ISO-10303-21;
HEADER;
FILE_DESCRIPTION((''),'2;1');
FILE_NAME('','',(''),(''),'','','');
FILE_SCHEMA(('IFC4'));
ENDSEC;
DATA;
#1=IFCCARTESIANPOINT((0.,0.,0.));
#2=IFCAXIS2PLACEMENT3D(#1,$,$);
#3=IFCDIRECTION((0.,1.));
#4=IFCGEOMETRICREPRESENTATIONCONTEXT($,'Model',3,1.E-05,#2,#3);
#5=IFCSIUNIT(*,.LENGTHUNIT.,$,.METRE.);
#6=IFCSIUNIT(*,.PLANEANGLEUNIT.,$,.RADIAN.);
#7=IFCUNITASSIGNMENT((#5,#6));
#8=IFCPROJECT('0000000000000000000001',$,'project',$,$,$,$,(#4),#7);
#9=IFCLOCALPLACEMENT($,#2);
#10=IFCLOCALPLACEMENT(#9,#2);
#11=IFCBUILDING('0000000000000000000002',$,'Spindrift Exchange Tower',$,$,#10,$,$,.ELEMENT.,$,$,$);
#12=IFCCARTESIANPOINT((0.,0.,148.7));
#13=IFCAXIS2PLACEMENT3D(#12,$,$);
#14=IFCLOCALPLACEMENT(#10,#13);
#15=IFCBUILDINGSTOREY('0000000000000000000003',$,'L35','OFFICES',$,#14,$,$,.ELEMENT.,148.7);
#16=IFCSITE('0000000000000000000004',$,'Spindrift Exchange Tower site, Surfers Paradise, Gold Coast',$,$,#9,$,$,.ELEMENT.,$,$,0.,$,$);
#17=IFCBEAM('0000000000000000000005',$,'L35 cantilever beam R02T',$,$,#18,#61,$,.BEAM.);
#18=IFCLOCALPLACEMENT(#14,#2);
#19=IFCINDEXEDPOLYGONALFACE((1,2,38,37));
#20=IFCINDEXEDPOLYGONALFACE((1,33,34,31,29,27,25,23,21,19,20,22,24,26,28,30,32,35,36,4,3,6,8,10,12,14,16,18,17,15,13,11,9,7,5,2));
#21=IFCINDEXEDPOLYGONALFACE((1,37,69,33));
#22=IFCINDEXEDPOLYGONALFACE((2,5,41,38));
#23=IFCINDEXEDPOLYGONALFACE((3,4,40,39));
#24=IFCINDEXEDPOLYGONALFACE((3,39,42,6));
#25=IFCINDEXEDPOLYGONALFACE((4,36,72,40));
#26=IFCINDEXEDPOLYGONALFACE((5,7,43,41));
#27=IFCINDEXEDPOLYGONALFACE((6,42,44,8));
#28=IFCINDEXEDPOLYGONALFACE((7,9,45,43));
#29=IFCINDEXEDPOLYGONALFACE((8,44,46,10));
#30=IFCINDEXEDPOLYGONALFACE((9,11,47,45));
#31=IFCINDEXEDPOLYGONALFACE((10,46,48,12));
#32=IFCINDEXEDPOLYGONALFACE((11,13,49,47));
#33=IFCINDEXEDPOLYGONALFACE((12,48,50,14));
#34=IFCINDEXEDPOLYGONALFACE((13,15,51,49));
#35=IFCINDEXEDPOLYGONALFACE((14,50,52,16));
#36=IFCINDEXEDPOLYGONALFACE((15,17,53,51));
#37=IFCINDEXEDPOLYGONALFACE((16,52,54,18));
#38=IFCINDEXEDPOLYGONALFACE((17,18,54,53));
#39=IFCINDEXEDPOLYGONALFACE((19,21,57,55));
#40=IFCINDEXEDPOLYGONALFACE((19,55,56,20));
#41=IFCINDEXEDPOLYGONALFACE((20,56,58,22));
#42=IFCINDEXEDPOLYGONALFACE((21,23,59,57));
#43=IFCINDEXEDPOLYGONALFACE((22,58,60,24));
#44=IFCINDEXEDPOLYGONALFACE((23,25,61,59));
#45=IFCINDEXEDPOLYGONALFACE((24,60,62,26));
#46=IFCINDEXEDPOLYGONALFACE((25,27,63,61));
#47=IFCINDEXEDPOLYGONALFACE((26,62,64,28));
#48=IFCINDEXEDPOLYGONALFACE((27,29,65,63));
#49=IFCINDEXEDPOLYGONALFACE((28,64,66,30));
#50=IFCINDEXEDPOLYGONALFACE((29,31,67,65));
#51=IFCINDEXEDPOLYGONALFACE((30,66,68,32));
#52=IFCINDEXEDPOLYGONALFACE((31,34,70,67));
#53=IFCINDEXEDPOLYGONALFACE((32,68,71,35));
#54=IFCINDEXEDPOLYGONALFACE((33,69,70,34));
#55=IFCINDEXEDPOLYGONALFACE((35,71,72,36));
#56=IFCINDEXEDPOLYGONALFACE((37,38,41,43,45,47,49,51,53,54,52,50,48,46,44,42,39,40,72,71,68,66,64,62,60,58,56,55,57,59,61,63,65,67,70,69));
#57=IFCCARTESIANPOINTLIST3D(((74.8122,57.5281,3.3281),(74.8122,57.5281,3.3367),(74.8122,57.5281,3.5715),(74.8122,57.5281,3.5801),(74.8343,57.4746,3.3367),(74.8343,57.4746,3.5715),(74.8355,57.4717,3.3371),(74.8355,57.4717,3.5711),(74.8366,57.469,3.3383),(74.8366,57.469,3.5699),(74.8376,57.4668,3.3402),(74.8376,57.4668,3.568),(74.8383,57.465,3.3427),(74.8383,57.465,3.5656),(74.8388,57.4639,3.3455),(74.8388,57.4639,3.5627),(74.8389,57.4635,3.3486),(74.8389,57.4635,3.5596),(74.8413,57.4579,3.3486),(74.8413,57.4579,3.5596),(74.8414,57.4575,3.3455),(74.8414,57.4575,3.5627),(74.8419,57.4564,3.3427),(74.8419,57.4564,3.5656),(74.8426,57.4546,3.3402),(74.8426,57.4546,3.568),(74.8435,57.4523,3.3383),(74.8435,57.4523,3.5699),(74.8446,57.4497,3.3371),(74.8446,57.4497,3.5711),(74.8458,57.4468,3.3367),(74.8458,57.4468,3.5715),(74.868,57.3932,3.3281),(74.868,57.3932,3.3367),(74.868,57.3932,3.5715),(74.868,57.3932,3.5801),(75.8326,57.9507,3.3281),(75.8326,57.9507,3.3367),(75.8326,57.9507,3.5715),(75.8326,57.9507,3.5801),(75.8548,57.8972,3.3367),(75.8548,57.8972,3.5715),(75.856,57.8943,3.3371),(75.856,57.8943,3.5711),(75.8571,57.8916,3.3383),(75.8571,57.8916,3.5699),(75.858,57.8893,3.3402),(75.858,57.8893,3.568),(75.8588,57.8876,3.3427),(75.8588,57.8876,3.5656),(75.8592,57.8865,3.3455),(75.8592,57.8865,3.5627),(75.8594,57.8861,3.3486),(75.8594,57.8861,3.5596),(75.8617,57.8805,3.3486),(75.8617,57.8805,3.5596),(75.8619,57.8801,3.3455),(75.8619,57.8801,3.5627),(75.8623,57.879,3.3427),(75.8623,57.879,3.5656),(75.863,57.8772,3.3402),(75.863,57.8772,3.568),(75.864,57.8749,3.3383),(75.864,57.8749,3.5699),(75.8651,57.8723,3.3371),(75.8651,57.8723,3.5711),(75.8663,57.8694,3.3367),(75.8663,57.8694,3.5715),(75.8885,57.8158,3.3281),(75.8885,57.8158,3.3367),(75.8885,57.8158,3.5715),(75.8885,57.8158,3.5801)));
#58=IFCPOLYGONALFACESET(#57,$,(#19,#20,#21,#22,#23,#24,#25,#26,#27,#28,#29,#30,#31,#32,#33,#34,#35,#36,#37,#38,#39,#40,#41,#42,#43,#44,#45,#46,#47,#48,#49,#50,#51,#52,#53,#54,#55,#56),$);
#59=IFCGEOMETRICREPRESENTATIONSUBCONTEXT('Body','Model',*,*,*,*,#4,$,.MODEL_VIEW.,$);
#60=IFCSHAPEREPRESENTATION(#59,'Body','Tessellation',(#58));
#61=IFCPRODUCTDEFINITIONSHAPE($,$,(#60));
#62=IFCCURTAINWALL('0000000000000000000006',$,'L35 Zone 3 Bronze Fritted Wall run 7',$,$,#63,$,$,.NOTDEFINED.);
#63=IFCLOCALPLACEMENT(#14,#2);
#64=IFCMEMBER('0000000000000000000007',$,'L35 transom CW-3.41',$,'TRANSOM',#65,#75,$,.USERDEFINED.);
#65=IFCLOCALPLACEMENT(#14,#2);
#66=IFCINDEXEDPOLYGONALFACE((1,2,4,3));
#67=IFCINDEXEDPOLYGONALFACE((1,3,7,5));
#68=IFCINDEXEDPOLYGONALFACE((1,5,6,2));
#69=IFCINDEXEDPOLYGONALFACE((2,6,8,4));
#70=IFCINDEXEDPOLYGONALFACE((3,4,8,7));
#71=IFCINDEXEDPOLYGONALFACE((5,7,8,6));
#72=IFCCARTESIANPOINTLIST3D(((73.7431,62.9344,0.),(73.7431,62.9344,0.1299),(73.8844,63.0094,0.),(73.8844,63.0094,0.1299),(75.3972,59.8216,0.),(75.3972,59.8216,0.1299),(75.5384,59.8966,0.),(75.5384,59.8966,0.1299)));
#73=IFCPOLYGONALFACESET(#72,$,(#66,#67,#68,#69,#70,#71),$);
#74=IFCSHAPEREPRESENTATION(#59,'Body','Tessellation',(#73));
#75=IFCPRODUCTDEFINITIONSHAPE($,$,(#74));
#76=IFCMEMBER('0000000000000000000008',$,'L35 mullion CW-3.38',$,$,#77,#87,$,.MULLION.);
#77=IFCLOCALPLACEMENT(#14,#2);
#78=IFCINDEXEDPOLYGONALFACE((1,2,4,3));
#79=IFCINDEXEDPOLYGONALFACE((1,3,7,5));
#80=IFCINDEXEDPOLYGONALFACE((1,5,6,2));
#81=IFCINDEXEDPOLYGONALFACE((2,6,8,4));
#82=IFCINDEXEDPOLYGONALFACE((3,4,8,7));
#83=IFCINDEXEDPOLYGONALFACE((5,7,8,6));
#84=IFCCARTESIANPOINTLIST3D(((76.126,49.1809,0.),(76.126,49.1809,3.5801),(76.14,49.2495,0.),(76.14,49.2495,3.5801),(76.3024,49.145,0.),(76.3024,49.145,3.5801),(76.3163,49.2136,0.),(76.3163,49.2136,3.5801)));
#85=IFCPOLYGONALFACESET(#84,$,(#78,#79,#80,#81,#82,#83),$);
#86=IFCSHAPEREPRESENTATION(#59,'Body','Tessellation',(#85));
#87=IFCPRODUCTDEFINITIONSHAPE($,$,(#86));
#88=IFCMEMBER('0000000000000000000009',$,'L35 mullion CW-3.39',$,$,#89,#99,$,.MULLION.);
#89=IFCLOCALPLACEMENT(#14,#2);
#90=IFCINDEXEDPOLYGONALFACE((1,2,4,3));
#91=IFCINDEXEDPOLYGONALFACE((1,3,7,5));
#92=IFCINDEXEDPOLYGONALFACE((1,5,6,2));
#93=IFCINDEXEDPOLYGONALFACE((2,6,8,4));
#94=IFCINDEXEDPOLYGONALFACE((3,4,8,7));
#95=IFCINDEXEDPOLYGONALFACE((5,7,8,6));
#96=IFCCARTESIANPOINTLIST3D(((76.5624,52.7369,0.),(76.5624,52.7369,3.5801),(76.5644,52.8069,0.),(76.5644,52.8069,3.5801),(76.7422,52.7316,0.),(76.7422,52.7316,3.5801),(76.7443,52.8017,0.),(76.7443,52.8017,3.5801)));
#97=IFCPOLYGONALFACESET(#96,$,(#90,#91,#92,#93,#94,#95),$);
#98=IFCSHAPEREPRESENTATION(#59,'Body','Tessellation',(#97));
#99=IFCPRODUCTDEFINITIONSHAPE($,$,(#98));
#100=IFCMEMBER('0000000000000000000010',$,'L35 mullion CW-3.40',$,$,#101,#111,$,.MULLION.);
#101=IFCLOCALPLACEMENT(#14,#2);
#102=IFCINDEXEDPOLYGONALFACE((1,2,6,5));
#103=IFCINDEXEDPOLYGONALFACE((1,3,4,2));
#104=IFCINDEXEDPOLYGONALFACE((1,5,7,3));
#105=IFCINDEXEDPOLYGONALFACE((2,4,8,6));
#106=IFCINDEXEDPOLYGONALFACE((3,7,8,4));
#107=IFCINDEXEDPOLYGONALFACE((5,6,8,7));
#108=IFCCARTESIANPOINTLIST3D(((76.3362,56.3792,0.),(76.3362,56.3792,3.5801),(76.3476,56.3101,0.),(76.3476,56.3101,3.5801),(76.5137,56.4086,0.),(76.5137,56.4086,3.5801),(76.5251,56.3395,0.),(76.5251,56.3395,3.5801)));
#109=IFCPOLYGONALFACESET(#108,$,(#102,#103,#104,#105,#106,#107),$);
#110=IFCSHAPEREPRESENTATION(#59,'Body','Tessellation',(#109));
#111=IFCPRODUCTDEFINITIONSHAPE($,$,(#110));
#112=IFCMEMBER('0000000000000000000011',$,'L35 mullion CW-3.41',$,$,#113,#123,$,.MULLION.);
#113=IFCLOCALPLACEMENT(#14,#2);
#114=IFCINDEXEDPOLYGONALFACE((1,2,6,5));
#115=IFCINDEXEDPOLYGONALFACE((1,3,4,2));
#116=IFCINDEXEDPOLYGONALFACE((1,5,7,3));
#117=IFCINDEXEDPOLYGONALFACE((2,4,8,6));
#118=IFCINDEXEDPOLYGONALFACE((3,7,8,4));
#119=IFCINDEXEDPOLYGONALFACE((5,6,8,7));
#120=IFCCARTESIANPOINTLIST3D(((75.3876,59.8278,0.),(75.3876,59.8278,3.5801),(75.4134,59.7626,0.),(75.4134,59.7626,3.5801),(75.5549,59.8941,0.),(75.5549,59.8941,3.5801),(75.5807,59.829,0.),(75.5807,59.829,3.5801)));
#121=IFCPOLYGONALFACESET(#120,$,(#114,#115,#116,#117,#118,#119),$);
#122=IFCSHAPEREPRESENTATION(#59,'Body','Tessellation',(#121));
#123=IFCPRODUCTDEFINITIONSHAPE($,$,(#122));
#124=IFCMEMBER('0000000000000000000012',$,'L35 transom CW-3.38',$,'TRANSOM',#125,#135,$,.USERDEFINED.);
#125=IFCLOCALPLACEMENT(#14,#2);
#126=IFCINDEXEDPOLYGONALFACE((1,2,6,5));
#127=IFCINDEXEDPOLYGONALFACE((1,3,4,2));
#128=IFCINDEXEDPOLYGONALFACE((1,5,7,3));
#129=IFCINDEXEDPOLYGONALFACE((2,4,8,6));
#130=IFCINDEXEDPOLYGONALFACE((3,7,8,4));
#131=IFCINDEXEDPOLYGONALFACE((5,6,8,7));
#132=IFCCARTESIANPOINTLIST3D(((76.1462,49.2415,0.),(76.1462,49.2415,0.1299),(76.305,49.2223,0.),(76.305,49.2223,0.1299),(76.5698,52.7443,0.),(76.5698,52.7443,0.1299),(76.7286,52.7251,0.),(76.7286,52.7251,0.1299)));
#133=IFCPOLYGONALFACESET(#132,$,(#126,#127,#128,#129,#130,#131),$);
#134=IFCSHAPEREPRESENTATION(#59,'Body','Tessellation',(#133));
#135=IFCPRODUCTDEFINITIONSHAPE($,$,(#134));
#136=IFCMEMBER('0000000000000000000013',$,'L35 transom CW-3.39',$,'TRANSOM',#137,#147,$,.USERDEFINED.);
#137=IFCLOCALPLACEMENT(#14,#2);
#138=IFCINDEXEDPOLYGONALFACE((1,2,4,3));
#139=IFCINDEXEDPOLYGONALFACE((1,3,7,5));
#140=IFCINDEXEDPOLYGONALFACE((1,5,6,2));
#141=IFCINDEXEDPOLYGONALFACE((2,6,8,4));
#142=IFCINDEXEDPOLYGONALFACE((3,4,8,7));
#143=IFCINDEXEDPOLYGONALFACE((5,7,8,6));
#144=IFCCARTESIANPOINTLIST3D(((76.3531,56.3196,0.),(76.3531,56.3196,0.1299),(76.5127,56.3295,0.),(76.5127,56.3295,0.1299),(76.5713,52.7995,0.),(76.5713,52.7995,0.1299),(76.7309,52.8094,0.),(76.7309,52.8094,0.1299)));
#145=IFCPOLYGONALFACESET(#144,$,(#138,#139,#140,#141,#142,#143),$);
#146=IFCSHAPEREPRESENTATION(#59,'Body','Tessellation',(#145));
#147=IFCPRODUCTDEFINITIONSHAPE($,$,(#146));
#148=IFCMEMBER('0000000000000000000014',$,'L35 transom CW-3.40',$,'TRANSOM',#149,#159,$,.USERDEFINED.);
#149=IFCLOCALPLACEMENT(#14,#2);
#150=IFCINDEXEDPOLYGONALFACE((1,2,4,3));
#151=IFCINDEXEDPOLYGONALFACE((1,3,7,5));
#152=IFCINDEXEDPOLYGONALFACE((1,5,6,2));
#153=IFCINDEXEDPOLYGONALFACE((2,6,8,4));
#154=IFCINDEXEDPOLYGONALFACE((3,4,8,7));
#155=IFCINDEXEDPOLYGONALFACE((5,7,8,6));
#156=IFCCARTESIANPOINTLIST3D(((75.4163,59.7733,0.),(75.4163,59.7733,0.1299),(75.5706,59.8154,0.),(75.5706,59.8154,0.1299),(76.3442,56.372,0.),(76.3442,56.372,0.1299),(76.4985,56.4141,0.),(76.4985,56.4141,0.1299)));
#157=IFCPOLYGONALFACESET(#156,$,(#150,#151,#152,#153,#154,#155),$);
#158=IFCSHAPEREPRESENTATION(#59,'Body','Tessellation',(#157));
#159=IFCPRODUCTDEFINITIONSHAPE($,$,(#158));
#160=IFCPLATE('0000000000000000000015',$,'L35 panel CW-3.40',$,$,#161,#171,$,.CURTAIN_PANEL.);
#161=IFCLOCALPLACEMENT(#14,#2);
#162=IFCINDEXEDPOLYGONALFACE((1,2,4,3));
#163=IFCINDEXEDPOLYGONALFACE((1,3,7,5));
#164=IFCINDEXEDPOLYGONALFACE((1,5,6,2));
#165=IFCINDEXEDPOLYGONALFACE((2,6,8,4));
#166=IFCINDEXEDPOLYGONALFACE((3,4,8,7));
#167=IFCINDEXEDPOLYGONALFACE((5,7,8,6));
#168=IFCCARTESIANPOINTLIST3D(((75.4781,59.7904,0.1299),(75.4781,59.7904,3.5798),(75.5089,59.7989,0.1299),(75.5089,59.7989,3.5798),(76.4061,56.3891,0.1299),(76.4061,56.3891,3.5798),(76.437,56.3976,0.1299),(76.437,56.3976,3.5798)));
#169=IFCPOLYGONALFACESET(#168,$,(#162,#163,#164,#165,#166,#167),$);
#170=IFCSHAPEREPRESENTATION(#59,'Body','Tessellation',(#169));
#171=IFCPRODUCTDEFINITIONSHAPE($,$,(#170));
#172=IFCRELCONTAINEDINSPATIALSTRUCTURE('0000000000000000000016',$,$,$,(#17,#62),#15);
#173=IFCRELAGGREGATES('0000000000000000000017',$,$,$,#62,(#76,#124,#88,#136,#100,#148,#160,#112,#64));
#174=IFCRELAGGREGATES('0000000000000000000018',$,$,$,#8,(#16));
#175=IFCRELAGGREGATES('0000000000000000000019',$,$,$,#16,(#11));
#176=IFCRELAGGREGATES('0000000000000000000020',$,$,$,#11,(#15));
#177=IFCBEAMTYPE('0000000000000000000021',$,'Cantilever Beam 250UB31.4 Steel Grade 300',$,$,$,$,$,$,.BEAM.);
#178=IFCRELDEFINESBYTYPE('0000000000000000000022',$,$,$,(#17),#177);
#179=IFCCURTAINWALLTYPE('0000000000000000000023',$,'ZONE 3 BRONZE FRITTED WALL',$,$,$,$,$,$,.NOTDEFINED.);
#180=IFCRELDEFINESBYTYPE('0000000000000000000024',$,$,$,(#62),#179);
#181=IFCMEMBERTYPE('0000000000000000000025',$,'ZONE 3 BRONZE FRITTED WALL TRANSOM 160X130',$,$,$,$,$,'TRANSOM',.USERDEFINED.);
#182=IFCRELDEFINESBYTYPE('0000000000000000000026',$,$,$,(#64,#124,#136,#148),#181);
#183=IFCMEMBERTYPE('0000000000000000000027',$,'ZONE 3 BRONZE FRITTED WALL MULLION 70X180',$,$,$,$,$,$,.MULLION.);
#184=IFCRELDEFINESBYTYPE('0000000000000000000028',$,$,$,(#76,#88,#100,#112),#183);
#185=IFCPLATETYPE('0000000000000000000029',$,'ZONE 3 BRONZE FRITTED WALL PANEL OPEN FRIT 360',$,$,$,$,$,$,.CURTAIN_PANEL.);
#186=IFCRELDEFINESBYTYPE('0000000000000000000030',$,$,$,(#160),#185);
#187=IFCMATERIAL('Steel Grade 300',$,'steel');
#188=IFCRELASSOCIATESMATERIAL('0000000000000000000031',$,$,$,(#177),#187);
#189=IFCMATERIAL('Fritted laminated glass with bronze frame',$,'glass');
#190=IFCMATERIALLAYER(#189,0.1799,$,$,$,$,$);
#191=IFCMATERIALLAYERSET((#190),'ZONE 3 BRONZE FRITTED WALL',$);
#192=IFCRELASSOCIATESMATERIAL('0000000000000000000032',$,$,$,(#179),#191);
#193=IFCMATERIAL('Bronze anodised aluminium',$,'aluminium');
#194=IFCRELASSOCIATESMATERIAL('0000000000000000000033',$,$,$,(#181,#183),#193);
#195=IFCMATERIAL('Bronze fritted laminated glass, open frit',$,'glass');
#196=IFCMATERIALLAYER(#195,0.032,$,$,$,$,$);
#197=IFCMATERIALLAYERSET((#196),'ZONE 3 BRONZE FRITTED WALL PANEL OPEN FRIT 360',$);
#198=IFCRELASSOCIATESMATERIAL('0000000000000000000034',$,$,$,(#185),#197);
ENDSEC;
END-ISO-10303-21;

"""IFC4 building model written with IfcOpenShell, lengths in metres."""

from ifc_helpers import new_model, si_unit, direction, frame, origin, origin_2d, place, context, subcontext, project, spatial, rectangle, i_section, extrude, source, transform, mapped, material, layer, layer_set, material_profile, profile_set, type_object, element, aggregate, save


model = new_model("IFC4")

# Units and contexts
model_context = context("Model", 3, precision=1e-05, world=origin(), true_north=direction((0.0, 1.0)))
body_context = subcontext(model_context, "Body", "Model", "MODEL_VIEW")
ifc_project = project(units=[si_unit("LENGTHUNIT", "METRE"), si_unit("PLANEANGLEUNIT", "RADIAN")], contexts=[model_context])

# Site, building, storey
site_placement = place(None, origin())
site = spatial("IfcSite", under=ifc_project, at=site_placement, Name="Spindrift Exchange Tower site, Surfers Paradise, Gold Coast", CompositionType="ELEMENT", RefElevation=0.0)
building_placement = place(site_placement, origin())
building = spatial("IfcBuilding", under=site, at=building_placement, Name="Spindrift Exchange Tower", CompositionType="ELEMENT")
storey_placement = place(building_placement, frame((0.0, 0.0, 148.7)))
storey = spatial("IfcBuildingStorey", under=building, at=storey_placement, Name="L35", Description="OFFICES", CompositionType="ELEMENT", Elevation=148.7)

# Beam
ifc_material_1 = material(Name="Steel Grade 300", Category="steel")
ifc_material_profile_1 = material_profile(ifc_material_1, i_section(OverallWidth=0.146, OverallDepth=0.252, WebThickness=0.0061, FlangeThickness=0.0085, FilletRadius=0.012, at=origin_2d()), Name="250UB31.4")
ifc_profile_set_1 = profile_set([ifc_material_profile_1], Name="Steel Grade 300")
beam_type_1 = type_object("IfcBeamType", Name="Cantilever Beam 250UB31.4 Steel Grade 300", PredefinedType="BEAM", material=ifc_profile_set_1)
shared_shape_1 = source(origin(), body_context, "Body", "SweptSolid", [
    extrude(i_section(OverallWidth=0.146, OverallDepth=0.252, WebThickness=0.0061, FlangeThickness=0.0085, FilletRadius=0.012, at=origin_2d()), origin(), (0.0, 0.0, 1.0), 1.1045),
])
beam_1_placement = place(storey_placement, frame((74.8401, 57.4607, 3.4541), z_axis=(0.923912, 0.382606, 0.0), x_axis=(-0.382606, 0.923912, 0.0)))
element("IfcBeam", 1, at=beam_1_placement, inside=storey, type_object=beam_type_1, Name="L35 cantilever beam R02T", PredefinedType="BEAM", context=body_context, shape_type="MappedRepresentation", body=[
    mapped(shared_shape_1, transform((0.0, 0.0, 0.0), scale=1.0)),
])

# Curtain wall, members, plate
ifc_material_2 = material(Name="Fritted laminated glass with bronze frame", Category="glass")
ifc_layer_1 = layer(ifc_material_2, 0.1799)
ifc_layer_set_1 = layer_set([ifc_layer_1], Name="ZONE 3 BRONZE FRITTED WALL")
curtain_wall_type = type_object("IfcCurtainWallType", Name="ZONE 3 BRONZE FRITTED WALL", PredefinedType="NOTDEFINED", material=ifc_layer_set_1)
curtain_wall_placement = place(storey_placement, origin())
curtain_wall = element("IfcCurtainWall", 2, at=curtain_wall_placement, inside=storey, type_object=curtain_wall_type, Name="L35 Zone 3 Bronze Fritted Wall run 7", PredefinedType="NOTDEFINED")
ifc_material_3 = material(Name="Bronze anodised aluminium", Category="aluminium")
ifc_material_profile_2 = material_profile(ifc_material_3, rectangle(XDim=0.1599, YDim=0.1299, at=origin_2d()), Name="ZONE 3 BRONZE FRITTED WALL TRANSOM 160X130")
ifc_profile_set_2 = profile_set([ifc_material_profile_2], Name="Bronze anodised aluminium")
member_type_1 = type_object("IfcMemberType", Name="ZONE 3 BRONZE FRITTED WALL TRANSOM 160X130", ElementType="TRANSOM", PredefinedType="USERDEFINED", material=ifc_profile_set_2)
shared_shape_2 = source(origin(), body_context, "Body", "SweptSolid", [
    extrude(rectangle(XDim=0.1599, YDim=0.1299, at=origin_2d()), origin(), (0.0, 0.0, 1.0), 3.5249),
])
member_1_placement = place(storey_placement, frame((75.4678, 59.8591, 0.0649), z_axis=(-0.46924, 0.883071, 0.0), x_axis=(-0.883071, -0.46924, 0.0)))
member_1 = element("IfcMember", 3, at=member_1_placement, type_object=member_type_1, Name="L35 transom CW-3.41", ObjectType="TRANSOM", PredefinedType="USERDEFINED", context=body_context, shape_type="MappedRepresentation", body=[
    mapped(shared_shape_2, transform((0.0, 0.0, 0.0), scale=1.0)),
])
ifc_material_profile_3 = material_profile(ifc_material_3, rectangle(XDim=0.0701, YDim=0.1799, at=origin_2d()), Name="ZONE 3 BRONZE FRITTED WALL MULLION 70X180")
ifc_profile_set_3 = profile_set([ifc_material_profile_3], Name="Bronze anodised aluminium")
member_type_2 = type_object("IfcMemberType", Name="ZONE 3 BRONZE FRITTED WALL MULLION 70X180", PredefinedType="MULLION", material=ifc_profile_set_3)
shared_shape_3 = source(origin(), body_context, "Body", "SweptSolid", [
    extrude(rectangle(XDim=0.0701, YDim=0.1799, at=origin_2d()), origin(), (0.0, 0.0, 1.0), 3.5801),
])
member_2_placement = place(storey_placement, frame((76.2212, 49.1973, 0.0), z_axis=(0.0, 0.0, 1.0), x_axis=(0.199487, 0.979901, 0.0)))
member_2 = element("IfcMember", 4, at=member_2_placement, type_object=member_type_2, Name="L35 mullion CW-3.38", PredefinedType="MULLION", context=body_context, shape_type="MappedRepresentation", body=[
    mapped(shared_shape_3, transform((0.0, 0.0, 0.0), scale=1.0)),
])
member_3_placement = place(storey_placement, frame((76.6533, 52.7693, 0.0), z_axis=(0.0, 0.0, 1.0), x_axis=(0.029195, 0.999574, 0.0)))
member_3 = element("IfcMember", 5, at=member_3_placement, type_object=member_type_2, Name="L35 mullion CW-3.39", PredefinedType="MULLION", context=body_context, shape_type="MappedRepresentation", body=[
    mapped(shared_shape_3, transform((0.0, 0.0, 0.0), scale=1.0)),
])
member_4_placement = place(storey_placement, frame((76.4307, 56.3594, 0.0), z_axis=(0.0, 0.0, 1.0), x_axis=(-0.163439, 0.986553, 0.0)))
member_4 = element("IfcMember", 6, at=member_4_placement, type_object=member_type_2, Name="L35 mullion CW-3.40", PredefinedType="MULLION", context=body_context, shape_type="MappedRepresentation", body=[
    mapped(shared_shape_3, transform((0.0, 0.0, 0.0), scale=1.0)),
])
member_5_placement = place(storey_placement, frame((75.4841, 59.8284, 0.0), z_axis=(0.0, 0.0, 1.0), x_axis=(-0.368488, 0.929633, 0.0)))
member_5 = element("IfcMember", 7, at=member_5_placement, type_object=member_type_2, Name="L35 mullion CW-3.41", PredefinedType="MULLION", context=body_context, shape_type="MappedRepresentation", body=[
    mapped(shared_shape_3, transform((0.0, 0.0, 0.0), scale=1.0)),
])
shared_shape_4 = source(origin(), body_context, "Body", "SweptSolid", [
    extrude(rectangle(XDim=0.1599, YDim=0.1299, at=origin_2d()), origin(), (0.0, 0.0, 1.0), 3.5283),
])
member_6_placement = place(storey_placement, frame((76.2256, 49.2319, 0.0649), z_axis=(0.120057, 0.992767, 0.0), x_axis=(-0.992767, 0.120057, 0.0)))
member_6 = element("IfcMember", 8, at=member_6_placement, type_object=member_type_1, Name="L35 transom CW-3.38", ObjectType="TRANSOM", PredefinedType="USERDEFINED", context=body_context, shape_type="MappedRepresentation", body=[
    mapped(shared_shape_4, transform((0.0, 0.0, 0.0), scale=1.0)),
])
shared_shape_5 = source(origin(), body_context, "Body", "SweptSolid", [
    extrude(rectangle(XDim=0.1599, YDim=0.1299, at=origin_2d()), origin(), (0.0, 0.0, 1.0), 3.5269),
])
member_7_placement = place(storey_placement, frame((76.6511, 52.8044, 0.0649), z_axis=(-0.061887, 0.998083, 0.0), x_axis=(-0.998083, -0.061887, 0.0)))
member_7 = element("IfcMember", 9, at=member_7_placement, type_object=member_type_1, Name="L35 transom CW-3.39", ObjectType="TRANSOM", PredefinedType="USERDEFINED", context=body_context, shape_type="MappedRepresentation", body=[
    mapped(shared_shape_5, transform((0.0, 0.0, 0.0), scale=1.0)),
])
shared_shape_6 = source(origin(), body_context, "Body", "SweptSolid", [
    extrude(rectangle(XDim=0.1599, YDim=0.1299, at=origin_2d()), origin(), (0.0, 0.0, 1.0), 3.5256),
])
member_8_placement = place(storey_placement, frame((76.4214, 56.3931, 0.0649), z_axis=(-0.263205, 0.96474, 0.0), x_axis=(-0.96474, -0.263205, 0.0)))
member_8 = element("IfcMember", 10, at=member_8_placement, type_object=member_type_1, Name="L35 transom CW-3.40", ObjectType="TRANSOM", PredefinedType="USERDEFINED", context=body_context, shape_type="MappedRepresentation", body=[
    mapped(shared_shape_6, transform((0.0, 0.0, 0.0), scale=1.0)),
])
ifc_material_4 = material(Name="Bronze fritted laminated glass, open frit", Category="glass")
ifc_layer_2 = layer(ifc_material_4, 0.032)
ifc_layer_set_2 = layer_set([ifc_layer_2], Name="ZONE 3 BRONZE FRITTED WALL PANEL OPEN FRIT 360")
plate_type_1 = type_object("IfcPlateType", Name="ZONE 3 BRONZE FRITTED WALL PANEL OPEN FRIT 360", PredefinedType="CURTAIN_PANEL", material=ifc_layer_set_2)
shared_shape_7 = source(origin(), body_context, "Body", "SweptSolid", [
    extrude(rectangle(XDim=3.5256, YDim=0.032, at=origin_2d()), origin(), (0.0, 0.0, 1.0), 3.45),
])
plate_1_placement = place(storey_placement, frame((75.9575, 58.094, 0.1299), z_axis=(0.0, 0.0, 1.0), x_axis=(-0.26323, 0.964733, 0.0)))
plate_1 = element("IfcPlate", 11, at=plate_1_placement, type_object=plate_type_1, Name="L35 panel CW-3.40", PredefinedType="CURTAIN_PANEL", context=body_context, shape_type="MappedRepresentation", body=[
    mapped(shared_shape_7, transform((0.0, 0.0, 0.0), scale=1.0)),
])
aggregate(curtain_wall, [member_2, member_6, member_3, member_7, member_4, member_8, plate_1, member_5, member_1])

save(model, "model.ifc")
